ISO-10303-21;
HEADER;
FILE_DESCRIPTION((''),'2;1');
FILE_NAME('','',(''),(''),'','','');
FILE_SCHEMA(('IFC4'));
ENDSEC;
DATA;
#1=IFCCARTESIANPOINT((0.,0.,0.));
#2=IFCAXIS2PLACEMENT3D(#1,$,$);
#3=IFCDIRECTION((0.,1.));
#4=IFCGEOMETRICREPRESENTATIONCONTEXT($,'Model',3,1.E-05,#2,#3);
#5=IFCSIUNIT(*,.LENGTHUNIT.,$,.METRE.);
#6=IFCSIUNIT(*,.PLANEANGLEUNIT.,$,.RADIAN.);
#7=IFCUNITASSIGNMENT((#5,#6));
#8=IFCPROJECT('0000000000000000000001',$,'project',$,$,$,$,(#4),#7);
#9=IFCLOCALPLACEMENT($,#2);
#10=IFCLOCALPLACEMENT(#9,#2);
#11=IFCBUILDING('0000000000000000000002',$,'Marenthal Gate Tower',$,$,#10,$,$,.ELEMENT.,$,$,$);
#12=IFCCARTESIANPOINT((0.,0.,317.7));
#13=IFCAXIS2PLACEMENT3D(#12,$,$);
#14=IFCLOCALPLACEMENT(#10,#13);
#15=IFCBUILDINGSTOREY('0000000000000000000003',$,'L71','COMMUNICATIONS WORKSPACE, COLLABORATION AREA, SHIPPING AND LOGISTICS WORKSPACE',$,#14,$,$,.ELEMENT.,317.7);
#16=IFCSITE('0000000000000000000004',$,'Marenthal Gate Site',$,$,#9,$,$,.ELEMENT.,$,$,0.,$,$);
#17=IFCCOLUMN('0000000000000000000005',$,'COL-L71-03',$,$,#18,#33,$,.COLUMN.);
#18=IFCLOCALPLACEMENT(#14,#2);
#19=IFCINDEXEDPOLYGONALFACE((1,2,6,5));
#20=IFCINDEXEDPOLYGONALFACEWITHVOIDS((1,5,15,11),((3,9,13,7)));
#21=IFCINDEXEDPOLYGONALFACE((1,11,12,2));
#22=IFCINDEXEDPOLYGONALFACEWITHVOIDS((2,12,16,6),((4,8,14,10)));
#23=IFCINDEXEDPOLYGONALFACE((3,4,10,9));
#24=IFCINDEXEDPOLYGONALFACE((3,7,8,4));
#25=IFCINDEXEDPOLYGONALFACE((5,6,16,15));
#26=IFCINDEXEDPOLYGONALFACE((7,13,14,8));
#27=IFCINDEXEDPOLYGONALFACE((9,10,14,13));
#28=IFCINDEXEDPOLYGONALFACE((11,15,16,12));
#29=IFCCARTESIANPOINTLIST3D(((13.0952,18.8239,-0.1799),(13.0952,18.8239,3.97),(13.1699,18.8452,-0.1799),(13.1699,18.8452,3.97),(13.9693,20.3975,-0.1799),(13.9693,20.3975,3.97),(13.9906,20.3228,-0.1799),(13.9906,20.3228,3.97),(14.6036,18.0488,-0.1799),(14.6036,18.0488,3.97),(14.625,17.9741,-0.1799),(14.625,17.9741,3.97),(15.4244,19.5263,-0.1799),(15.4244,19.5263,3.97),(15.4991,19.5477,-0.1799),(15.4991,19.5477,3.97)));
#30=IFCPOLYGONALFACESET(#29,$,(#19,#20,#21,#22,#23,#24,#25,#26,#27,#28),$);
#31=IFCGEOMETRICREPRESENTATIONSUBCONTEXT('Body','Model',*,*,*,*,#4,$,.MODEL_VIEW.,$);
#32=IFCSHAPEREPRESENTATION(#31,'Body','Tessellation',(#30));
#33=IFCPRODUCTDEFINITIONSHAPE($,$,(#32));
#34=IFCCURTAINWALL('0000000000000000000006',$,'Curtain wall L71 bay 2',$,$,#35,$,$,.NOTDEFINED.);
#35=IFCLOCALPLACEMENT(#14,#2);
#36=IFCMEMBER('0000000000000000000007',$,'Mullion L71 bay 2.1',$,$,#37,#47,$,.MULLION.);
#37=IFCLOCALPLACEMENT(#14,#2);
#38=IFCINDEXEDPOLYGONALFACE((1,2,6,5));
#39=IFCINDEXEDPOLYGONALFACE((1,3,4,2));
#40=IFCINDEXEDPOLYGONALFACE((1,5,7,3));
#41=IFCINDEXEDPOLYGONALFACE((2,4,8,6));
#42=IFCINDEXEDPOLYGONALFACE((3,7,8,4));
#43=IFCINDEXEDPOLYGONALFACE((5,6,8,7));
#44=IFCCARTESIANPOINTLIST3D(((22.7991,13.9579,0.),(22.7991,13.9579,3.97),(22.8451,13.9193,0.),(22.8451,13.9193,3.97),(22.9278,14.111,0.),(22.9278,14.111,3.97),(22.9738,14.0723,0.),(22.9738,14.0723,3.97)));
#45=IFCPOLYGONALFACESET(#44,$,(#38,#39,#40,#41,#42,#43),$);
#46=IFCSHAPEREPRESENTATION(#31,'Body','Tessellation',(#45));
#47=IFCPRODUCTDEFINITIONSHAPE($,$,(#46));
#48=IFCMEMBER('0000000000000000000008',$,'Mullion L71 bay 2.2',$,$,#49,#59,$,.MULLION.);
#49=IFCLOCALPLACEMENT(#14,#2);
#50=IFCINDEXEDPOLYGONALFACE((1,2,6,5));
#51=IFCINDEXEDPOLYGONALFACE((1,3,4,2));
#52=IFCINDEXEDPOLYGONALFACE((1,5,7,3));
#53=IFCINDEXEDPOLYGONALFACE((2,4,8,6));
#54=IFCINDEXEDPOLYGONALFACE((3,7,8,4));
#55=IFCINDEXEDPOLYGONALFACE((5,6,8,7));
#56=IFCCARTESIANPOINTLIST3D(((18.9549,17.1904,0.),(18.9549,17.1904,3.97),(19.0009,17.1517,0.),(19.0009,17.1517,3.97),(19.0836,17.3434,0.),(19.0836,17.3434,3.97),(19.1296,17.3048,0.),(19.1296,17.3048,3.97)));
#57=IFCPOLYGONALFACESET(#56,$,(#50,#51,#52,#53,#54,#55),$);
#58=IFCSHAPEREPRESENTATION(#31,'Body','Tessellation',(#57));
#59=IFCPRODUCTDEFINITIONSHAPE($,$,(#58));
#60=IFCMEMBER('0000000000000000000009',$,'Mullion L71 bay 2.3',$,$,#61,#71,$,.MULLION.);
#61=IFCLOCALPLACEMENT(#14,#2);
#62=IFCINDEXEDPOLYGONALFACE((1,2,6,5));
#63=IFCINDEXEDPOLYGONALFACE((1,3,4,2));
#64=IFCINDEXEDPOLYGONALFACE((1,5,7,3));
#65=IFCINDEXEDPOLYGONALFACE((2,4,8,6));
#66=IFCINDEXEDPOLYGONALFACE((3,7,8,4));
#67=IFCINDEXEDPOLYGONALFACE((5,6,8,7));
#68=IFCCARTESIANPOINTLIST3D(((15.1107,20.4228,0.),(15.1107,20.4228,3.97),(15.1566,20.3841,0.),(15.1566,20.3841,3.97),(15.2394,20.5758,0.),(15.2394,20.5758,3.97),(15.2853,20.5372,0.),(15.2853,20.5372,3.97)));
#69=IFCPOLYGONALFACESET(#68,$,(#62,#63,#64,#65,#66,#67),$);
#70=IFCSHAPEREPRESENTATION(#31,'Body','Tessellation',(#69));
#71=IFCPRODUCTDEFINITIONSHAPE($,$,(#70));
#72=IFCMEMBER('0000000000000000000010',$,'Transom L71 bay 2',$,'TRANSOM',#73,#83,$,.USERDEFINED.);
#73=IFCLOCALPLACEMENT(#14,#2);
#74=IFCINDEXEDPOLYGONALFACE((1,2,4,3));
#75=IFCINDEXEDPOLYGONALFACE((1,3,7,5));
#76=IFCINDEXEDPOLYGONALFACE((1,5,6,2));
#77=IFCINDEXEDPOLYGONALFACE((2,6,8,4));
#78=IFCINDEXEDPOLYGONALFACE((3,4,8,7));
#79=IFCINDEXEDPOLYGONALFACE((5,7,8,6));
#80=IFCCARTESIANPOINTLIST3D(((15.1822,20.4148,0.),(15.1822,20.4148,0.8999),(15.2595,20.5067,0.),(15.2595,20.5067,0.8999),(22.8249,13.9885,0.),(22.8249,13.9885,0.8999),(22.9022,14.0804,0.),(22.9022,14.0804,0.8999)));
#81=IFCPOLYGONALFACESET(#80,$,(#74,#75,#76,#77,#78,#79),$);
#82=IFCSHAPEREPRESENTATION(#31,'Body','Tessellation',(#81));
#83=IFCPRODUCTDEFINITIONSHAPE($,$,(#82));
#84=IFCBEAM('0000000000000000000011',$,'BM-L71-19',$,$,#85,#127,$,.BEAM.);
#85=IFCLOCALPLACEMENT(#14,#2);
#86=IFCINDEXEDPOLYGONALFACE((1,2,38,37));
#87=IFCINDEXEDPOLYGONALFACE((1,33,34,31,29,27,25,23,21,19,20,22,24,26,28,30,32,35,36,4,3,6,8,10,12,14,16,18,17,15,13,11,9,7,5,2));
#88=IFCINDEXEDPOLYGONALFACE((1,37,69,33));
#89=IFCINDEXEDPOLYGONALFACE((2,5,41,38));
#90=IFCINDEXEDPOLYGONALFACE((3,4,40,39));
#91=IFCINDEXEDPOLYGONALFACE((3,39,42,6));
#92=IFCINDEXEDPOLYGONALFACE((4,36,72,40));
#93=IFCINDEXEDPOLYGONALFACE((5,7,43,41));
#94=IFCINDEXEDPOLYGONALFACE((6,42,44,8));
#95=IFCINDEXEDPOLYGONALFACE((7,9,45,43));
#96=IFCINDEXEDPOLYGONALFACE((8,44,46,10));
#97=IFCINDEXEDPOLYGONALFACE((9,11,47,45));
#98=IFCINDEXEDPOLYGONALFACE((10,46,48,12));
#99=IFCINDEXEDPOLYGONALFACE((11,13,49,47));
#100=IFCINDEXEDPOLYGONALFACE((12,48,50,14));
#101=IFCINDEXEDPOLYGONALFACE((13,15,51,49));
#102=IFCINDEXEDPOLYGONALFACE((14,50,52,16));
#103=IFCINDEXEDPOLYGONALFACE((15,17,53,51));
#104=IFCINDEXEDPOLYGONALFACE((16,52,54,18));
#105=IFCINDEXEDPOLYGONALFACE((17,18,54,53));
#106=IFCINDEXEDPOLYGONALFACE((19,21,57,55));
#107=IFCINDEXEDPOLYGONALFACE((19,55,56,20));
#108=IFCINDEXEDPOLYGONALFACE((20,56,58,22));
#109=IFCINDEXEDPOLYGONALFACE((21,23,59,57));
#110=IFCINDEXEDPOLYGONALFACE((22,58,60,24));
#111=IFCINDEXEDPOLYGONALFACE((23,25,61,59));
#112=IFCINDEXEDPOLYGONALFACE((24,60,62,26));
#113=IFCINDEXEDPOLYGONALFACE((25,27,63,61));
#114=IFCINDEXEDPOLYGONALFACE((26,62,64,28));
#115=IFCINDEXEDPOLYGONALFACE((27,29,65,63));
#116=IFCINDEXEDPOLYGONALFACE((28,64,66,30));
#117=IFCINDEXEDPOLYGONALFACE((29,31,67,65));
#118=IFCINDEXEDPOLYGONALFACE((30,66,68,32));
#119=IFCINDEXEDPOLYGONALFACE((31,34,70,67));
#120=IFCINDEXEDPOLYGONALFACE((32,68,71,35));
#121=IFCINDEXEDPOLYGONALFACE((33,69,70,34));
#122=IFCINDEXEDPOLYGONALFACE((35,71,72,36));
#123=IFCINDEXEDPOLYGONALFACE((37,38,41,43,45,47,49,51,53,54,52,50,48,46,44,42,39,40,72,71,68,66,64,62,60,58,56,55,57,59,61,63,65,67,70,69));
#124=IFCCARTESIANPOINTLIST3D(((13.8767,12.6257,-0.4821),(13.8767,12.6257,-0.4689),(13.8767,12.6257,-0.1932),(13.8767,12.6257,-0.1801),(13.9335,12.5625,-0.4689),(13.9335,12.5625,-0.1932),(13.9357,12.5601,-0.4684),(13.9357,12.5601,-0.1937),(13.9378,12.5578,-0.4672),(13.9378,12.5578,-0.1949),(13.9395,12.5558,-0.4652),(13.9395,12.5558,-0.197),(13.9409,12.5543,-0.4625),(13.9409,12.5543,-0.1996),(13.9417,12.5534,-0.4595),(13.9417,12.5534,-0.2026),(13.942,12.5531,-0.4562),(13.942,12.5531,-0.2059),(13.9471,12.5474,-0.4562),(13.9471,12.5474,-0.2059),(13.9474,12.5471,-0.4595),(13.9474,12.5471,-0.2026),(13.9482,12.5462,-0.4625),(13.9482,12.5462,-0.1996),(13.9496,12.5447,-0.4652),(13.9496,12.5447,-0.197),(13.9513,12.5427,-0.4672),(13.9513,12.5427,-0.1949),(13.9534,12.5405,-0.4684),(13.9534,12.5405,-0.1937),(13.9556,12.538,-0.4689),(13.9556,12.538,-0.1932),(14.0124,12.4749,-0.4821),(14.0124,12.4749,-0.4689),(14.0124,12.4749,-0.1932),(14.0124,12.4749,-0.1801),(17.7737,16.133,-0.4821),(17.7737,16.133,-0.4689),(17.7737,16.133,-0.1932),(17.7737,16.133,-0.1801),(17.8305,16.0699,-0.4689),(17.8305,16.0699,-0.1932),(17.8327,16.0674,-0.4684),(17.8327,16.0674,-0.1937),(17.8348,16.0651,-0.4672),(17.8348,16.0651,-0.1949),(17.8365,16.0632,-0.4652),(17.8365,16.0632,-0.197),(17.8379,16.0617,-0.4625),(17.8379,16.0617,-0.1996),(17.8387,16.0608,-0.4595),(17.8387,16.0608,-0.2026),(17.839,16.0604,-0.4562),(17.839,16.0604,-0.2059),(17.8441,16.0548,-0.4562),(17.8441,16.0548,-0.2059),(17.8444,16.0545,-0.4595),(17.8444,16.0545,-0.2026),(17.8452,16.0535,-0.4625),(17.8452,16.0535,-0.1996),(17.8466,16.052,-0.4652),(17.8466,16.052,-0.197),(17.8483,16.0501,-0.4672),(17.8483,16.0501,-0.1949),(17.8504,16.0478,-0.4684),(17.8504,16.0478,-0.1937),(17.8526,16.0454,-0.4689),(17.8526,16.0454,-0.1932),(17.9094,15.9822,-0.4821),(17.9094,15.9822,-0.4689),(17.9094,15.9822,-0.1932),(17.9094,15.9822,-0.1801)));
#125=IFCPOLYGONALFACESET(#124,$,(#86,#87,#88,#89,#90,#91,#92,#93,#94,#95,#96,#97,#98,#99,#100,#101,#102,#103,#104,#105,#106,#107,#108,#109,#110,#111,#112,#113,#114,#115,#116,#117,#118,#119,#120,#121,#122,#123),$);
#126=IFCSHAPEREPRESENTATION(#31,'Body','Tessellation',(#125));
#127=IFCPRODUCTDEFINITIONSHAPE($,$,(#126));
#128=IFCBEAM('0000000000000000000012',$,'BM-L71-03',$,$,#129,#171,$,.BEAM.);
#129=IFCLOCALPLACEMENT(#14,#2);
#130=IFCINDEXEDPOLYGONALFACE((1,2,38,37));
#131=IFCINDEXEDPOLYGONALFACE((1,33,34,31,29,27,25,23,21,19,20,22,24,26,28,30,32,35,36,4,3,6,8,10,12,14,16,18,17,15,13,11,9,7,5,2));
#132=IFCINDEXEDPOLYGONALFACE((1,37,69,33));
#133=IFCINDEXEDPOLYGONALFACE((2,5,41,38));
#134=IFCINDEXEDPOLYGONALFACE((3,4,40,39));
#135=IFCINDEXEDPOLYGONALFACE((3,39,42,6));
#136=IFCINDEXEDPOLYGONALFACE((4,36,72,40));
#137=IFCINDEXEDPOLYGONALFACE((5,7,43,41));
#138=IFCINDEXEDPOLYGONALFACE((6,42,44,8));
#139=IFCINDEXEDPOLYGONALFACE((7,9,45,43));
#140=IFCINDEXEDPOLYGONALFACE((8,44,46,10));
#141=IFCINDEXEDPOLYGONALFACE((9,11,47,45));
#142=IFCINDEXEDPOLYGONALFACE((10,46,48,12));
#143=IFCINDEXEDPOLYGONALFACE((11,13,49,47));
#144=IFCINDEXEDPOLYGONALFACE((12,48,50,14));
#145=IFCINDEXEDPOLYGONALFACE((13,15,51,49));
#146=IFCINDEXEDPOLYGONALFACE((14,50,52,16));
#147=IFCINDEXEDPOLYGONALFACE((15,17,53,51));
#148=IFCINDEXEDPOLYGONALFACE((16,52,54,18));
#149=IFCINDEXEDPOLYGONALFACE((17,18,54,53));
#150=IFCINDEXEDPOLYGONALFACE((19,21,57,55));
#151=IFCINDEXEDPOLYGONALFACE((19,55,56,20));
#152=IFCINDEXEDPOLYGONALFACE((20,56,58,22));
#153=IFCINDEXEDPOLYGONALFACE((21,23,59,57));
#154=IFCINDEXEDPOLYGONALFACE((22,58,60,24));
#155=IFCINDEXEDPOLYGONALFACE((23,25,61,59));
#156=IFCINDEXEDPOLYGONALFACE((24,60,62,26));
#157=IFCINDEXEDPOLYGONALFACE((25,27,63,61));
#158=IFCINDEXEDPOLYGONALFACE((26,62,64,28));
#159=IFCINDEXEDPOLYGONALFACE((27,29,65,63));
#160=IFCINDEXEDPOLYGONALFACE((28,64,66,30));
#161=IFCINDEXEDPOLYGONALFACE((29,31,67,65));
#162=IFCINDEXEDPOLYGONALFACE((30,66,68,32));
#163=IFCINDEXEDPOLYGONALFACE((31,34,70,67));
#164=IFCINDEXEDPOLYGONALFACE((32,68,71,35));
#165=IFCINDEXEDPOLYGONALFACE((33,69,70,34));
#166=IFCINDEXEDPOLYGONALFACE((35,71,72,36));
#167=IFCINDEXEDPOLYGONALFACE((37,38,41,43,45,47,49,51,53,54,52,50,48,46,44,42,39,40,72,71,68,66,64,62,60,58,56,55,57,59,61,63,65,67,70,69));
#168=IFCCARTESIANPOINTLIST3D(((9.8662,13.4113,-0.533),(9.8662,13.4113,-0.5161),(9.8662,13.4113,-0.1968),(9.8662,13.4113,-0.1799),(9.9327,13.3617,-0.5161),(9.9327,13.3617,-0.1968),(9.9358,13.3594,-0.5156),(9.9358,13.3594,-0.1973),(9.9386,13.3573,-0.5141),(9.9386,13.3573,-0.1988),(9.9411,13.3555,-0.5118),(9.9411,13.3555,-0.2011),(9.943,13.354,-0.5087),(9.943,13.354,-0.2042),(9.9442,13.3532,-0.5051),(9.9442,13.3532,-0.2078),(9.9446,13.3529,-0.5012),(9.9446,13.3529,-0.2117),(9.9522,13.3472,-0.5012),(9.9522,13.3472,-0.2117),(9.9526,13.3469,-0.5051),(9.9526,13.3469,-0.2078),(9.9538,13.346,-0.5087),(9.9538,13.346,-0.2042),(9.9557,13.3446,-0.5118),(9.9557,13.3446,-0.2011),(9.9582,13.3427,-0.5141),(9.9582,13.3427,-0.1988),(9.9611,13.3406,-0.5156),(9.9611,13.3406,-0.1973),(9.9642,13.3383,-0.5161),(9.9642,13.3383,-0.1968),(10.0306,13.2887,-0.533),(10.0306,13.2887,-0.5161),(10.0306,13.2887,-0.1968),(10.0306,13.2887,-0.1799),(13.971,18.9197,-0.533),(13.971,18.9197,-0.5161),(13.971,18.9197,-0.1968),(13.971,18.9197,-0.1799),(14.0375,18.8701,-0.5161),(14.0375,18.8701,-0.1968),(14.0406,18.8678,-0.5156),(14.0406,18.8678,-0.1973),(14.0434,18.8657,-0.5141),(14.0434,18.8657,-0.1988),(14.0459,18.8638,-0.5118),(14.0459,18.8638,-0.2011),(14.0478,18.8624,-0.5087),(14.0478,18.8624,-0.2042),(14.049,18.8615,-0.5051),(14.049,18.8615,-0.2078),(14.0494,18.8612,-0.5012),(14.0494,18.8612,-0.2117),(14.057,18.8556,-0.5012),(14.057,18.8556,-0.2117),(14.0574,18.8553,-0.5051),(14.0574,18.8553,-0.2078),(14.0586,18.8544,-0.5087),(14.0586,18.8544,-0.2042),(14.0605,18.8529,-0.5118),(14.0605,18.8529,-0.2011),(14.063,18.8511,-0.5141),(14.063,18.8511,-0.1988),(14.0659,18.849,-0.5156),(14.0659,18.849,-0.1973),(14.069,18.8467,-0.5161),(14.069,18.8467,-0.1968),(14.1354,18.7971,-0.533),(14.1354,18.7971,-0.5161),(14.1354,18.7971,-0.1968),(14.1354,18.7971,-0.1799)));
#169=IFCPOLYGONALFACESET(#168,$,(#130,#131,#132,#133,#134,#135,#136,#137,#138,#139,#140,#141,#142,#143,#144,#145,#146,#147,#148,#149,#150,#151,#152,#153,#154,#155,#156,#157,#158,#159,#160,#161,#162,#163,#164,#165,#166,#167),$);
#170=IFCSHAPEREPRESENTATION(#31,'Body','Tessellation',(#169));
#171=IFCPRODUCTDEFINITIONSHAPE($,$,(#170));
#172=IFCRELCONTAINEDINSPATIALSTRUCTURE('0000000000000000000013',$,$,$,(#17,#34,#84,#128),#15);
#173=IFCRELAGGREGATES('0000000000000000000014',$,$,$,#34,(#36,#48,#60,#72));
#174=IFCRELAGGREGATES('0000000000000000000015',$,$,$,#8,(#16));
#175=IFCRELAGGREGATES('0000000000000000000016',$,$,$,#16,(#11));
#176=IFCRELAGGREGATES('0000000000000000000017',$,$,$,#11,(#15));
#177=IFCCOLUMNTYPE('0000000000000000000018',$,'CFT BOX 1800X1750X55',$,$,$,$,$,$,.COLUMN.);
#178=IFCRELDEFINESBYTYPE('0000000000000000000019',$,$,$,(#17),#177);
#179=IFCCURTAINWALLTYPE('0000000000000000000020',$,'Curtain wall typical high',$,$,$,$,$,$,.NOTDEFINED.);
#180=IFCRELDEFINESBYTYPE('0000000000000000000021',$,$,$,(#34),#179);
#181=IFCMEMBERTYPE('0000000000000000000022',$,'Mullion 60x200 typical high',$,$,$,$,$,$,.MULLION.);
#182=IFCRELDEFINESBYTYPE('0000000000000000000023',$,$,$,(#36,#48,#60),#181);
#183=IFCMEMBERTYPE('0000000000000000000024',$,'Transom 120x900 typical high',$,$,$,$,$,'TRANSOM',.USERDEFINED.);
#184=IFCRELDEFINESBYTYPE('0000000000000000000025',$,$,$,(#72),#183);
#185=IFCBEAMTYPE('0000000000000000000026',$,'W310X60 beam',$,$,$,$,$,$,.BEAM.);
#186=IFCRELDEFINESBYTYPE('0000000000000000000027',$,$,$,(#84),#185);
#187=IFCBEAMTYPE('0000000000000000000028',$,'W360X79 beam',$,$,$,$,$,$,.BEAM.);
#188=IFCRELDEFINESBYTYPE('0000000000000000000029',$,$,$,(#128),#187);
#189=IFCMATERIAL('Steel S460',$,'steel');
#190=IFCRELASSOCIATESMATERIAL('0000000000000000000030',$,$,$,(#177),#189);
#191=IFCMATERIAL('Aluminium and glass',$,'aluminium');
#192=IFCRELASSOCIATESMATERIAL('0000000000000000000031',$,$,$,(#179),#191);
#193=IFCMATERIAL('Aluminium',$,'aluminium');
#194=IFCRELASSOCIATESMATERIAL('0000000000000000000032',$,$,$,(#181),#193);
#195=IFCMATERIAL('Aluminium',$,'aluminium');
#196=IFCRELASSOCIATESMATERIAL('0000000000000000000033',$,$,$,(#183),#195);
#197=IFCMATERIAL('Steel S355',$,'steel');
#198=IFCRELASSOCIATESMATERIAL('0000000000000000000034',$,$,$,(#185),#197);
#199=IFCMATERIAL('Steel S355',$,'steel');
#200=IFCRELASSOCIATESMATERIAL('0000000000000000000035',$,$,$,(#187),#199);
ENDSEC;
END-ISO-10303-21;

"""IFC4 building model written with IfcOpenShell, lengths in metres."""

from ifc_helpers import new_model, si_unit, direction, frame, origin, origin_2d, place, context, subcontext, project, spatial, rectangle, hollow_rectangle, i_section, extrude, material, material_profile, profile_set, type_object, element, aggregate, save


model = new_model("IFC4")

# Units and contexts
model_context = context("Model", 3, precision=1e-05, world=origin(), true_north=direction((0.0, 1.0)))
body_context = subcontext(model_context, "Body", "Model", "MODEL_VIEW")
ifc_project = project(units=[si_unit("LENGTHUNIT", "METRE"), si_unit("PLANEANGLEUNIT", "RADIAN")], contexts=[model_context])

# Site, building, storey
site_placement = place(None, origin())
site = spatial("IfcSite", under=ifc_project, at=site_placement, Name="Marenthal Gate Site", CompositionType="ELEMENT", RefElevation=0.0)
building_placement = place(site_placement, origin())
building = spatial("IfcBuilding", under=site, at=building_placement, Name="Marenthal Gate Tower", CompositionType="ELEMENT")
storey_placement = place(building_placement, frame((0.0, 0.0, 317.7)))
storey = spatial("IfcBuildingStorey", under=building, at=storey_placement, Name="L71", Description="COMMUNICATIONS WORKSPACE, COLLABORATION AREA, SHIPPING AND LOGISTICS WORKSPACE", CompositionType="ELEMENT", Elevation=317.7)

# Column
ifc_material_1 = material(Name="Steel S460", Category="steel")
ifc_material_profile_1 = material_profile(ifc_material_1, hollow_rectangle(XDim=1.75, YDim=1.8, WallThickness=0.0549, at=origin_2d()), Name="CFT BOX 1800X1750X55")
ifc_material_2 = material(Name="Concrete 70 MPa", Category="concrete")
ifc_material_profile_2 = material_profile(ifc_material_2, rectangle(XDim=1.6399, YDim=1.6899, at=origin_2d()), Name="CFT BOX 1800X1750X55 INFILL")
ifc_profile_set_1 = profile_set([ifc_material_profile_1, ifc_material_profile_2], Name="Steel S460 shell, Concrete 70 MPa infill")
column_type = type_object("IfcColumnType", Name="CFT BOX 1800X1750X55", PredefinedType="COLUMN", material=ifc_profile_set_1)
column_placement = place(storey_placement, frame((14.2971, 19.1858, -0.1799), z_axis=(0.0, 0.0, 1.0), x_axis=(0.874186, -0.485591, 0.0)))
element("IfcColumn", 1, at=column_placement, inside=storey, type_object=column_type, Name="COL-L71-03", PredefinedType="COLUMN", context=body_context, shape_type="SweptSolid", body=[
    extrude(hollow_rectangle(XDim=1.75, YDim=1.8, WallThickness=0.0549, at=origin_2d()), origin(), (0.0, 0.0, 1.0), 4.1499),
])

# Curtain wall, members
ifc_material_3 = material(Name="Aluminium and glass", Category="aluminium")
curtain_wall_type = type_object("IfcCurtainWallType", Name="Curtain wall typical high", PredefinedType="NOTDEFINED", material=ifc_material_3)
curtain_wall_placement = place(storey_placement, origin())
curtain_wall = element("IfcCurtainWall", 2, at=curtain_wall_placement, inside=storey, type_object=curtain_wall_type, Name="Curtain wall L71 bay 2", PredefinedType="NOTDEFINED")
ifc_material_4 = material(Name="Aluminium", Category="aluminium")
ifc_material_profile_3 = material_profile(ifc_material_4, rectangle(XDim=0.2, YDim=0.0601, at=origin_2d()), Name="60x200 aluminium mullion")
ifc_profile_set_2 = profile_set([ifc_material_profile_3], Name="Aluminium")
member_type_1 = type_object("IfcMemberType", Name="Mullion 60x200 typical high", PredefinedType="MULLION", material=ifc_profile_set_2)
member_1_placement = place(storey_placement, frame((22.8865, 14.0151, 0.0), z_axis=(0.0, 0.0, 1.0), x_axis=(-0.64357, -0.765387, 0.0)))
member_1 = element("IfcMember", 3, at=member_1_placement, type_object=member_type_1, Name="Mullion L71 bay 2.1", PredefinedType="MULLION", context=body_context, shape_type="SweptSolid", body=[
    extrude(rectangle(XDim=0.2, YDim=0.0601, at=origin_2d()), origin(), (0.0, 0.0, 1.0), 3.97),
])
member_2_placement = place(storey_placement, frame((19.0422, 17.2476, 0.0), z_axis=(0.0, 0.0, 1.0), x_axis=(-0.64357, -0.765387, 0.0)))
member_2 = element("IfcMember", 4, at=member_2_placement, type_object=member_type_1, Name="Mullion L71 bay 2.2", PredefinedType="MULLION", context=body_context, shape_type="SweptSolid", body=[
    extrude(rectangle(XDim=0.2, YDim=0.0601, at=origin_2d()), origin(), (0.0, 0.0, 1.0), 3.97),
])
member_3_placement = place(storey_placement, frame((15.198, 20.48, 0.0), z_axis=(0.0, 0.0, 1.0), x_axis=(-0.64357, -0.765387, 0.0)))
member_3 = element("IfcMember", 5, at=member_3_placement, type_object=member_type_1, Name="Mullion L71 bay 2.3", PredefinedType="MULLION", context=body_context, shape_type="SweptSolid", body=[
    extrude(rectangle(XDim=0.2, YDim=0.0601, at=origin_2d()), origin(), (0.0, 0.0, 1.0), 3.97),
])
ifc_material_5 = material(Name="Aluminium", Category="aluminium")
ifc_material_profile_4 = material_profile(ifc_material_5, rectangle(XDim=0.1201, YDim=0.8999, at=origin_2d()), Name="120x900 aluminium transom")
ifc_profile_set_3 = profile_set([ifc_material_profile_4], Name="Aluminium")
member_type_2 = type_object("IfcMemberType", Name="Transom 120x900 typical high", ElementType="TRANSOM", PredefinedType="USERDEFINED", material=ifc_profile_set_3)
member_4_placement = place(storey_placement, frame((22.8635, 14.0344, 0.45), z_axis=(-0.765384, 0.643574, 0.0), x_axis=(-0.643574, -0.765384, 0.0)))
member_4 = element("IfcMember", 6, at=member_4_placement, type_object=member_type_2, Name="Transom L71 bay 2", ObjectType="TRANSOM", PredefinedType="USERDEFINED", context=body_context, shape_type="SweptSolid", body=[
    extrude(rectangle(XDim=0.1201, YDim=0.8999, at=origin_2d()), origin(), (0.0, 0.0, 1.0), 9.9854),
])

# Beams
ifc_material_6 = material(Name="Steel S355", Category="steel")
ifc_material_profile_5 = material_profile(ifc_material_6, i_section(OverallWidth=0.2029, OverallDepth=0.302, WebThickness=0.0076, FlangeThickness=0.0132, FilletRadius=0.0127, at=origin_2d()), Name="W310X60")
ifc_profile_set_4 = profile_set([ifc_material_profile_5], Name="Steel S355")
beam_type_1 = type_object("IfcBeamType", Name="W310X60 beam", PredefinedType="BEAM", material=ifc_profile_set_4)
beam_1_placement = place(storey_placement, frame((17.8416, 16.0576, -0.3311), z_axis=(-0.74329, -0.66897, 0.0), x_axis=(0.66897, -0.74329, 0.0)))
element("IfcBeam", 7, at=beam_1_placement, inside=storey, type_object=beam_type_1, Name="BM-L71-19", PredefinedType="BEAM", context=body_context, shape_type="SweptSolid", body=[
    extrude(i_section(OverallWidth=0.2029, OverallDepth=0.302, WebThickness=0.0076, FlangeThickness=0.0132, FilletRadius=0.0127, at=origin_2d()), origin(), (0.0, 0.0, 1.0), 5.2429),
])
ifc_material_7 = material(Name="Steel S355", Category="steel")
ifc_material_profile_6 = material_profile(ifc_material_7, i_section(OverallWidth=0.2051, OverallDepth=0.353, WebThickness=0.0095, FlangeThickness=0.0168, FilletRadius=0.0149, at=origin_2d()), Name="W360X79")
ifc_profile_set_5 = profile_set([ifc_material_profile_6], Name="Steel S355")
beam_type_2 = type_object("IfcBeamType", Name="W360X79 beam", PredefinedType="BEAM", material=ifc_profile_set_5)
beam_2_placement = place(storey_placement, frame((14.0532, 18.8584, -0.3564), z_axis=(-0.597529, -0.801847, 0.0), x_axis=(0.801847, -0.597529, 0.0)))
element("IfcBeam", 8, at=beam_2_placement, inside=storey, type_object=beam_type_2, Name="BM-L71-03", PredefinedType="BEAM", context=body_context, shape_type="SweptSolid", body=[
    extrude(i_section(OverallWidth=0.2051, OverallDepth=0.353, WebThickness=0.0095, FlangeThickness=0.0168, FilletRadius=0.0149, at=origin_2d()), origin(), (0.0, 0.0, 1.0), 6.8696),
])

aggregate(curtain_wall, [member_1, member_2, member_3, member_4])

save(model, "model.ifc")
